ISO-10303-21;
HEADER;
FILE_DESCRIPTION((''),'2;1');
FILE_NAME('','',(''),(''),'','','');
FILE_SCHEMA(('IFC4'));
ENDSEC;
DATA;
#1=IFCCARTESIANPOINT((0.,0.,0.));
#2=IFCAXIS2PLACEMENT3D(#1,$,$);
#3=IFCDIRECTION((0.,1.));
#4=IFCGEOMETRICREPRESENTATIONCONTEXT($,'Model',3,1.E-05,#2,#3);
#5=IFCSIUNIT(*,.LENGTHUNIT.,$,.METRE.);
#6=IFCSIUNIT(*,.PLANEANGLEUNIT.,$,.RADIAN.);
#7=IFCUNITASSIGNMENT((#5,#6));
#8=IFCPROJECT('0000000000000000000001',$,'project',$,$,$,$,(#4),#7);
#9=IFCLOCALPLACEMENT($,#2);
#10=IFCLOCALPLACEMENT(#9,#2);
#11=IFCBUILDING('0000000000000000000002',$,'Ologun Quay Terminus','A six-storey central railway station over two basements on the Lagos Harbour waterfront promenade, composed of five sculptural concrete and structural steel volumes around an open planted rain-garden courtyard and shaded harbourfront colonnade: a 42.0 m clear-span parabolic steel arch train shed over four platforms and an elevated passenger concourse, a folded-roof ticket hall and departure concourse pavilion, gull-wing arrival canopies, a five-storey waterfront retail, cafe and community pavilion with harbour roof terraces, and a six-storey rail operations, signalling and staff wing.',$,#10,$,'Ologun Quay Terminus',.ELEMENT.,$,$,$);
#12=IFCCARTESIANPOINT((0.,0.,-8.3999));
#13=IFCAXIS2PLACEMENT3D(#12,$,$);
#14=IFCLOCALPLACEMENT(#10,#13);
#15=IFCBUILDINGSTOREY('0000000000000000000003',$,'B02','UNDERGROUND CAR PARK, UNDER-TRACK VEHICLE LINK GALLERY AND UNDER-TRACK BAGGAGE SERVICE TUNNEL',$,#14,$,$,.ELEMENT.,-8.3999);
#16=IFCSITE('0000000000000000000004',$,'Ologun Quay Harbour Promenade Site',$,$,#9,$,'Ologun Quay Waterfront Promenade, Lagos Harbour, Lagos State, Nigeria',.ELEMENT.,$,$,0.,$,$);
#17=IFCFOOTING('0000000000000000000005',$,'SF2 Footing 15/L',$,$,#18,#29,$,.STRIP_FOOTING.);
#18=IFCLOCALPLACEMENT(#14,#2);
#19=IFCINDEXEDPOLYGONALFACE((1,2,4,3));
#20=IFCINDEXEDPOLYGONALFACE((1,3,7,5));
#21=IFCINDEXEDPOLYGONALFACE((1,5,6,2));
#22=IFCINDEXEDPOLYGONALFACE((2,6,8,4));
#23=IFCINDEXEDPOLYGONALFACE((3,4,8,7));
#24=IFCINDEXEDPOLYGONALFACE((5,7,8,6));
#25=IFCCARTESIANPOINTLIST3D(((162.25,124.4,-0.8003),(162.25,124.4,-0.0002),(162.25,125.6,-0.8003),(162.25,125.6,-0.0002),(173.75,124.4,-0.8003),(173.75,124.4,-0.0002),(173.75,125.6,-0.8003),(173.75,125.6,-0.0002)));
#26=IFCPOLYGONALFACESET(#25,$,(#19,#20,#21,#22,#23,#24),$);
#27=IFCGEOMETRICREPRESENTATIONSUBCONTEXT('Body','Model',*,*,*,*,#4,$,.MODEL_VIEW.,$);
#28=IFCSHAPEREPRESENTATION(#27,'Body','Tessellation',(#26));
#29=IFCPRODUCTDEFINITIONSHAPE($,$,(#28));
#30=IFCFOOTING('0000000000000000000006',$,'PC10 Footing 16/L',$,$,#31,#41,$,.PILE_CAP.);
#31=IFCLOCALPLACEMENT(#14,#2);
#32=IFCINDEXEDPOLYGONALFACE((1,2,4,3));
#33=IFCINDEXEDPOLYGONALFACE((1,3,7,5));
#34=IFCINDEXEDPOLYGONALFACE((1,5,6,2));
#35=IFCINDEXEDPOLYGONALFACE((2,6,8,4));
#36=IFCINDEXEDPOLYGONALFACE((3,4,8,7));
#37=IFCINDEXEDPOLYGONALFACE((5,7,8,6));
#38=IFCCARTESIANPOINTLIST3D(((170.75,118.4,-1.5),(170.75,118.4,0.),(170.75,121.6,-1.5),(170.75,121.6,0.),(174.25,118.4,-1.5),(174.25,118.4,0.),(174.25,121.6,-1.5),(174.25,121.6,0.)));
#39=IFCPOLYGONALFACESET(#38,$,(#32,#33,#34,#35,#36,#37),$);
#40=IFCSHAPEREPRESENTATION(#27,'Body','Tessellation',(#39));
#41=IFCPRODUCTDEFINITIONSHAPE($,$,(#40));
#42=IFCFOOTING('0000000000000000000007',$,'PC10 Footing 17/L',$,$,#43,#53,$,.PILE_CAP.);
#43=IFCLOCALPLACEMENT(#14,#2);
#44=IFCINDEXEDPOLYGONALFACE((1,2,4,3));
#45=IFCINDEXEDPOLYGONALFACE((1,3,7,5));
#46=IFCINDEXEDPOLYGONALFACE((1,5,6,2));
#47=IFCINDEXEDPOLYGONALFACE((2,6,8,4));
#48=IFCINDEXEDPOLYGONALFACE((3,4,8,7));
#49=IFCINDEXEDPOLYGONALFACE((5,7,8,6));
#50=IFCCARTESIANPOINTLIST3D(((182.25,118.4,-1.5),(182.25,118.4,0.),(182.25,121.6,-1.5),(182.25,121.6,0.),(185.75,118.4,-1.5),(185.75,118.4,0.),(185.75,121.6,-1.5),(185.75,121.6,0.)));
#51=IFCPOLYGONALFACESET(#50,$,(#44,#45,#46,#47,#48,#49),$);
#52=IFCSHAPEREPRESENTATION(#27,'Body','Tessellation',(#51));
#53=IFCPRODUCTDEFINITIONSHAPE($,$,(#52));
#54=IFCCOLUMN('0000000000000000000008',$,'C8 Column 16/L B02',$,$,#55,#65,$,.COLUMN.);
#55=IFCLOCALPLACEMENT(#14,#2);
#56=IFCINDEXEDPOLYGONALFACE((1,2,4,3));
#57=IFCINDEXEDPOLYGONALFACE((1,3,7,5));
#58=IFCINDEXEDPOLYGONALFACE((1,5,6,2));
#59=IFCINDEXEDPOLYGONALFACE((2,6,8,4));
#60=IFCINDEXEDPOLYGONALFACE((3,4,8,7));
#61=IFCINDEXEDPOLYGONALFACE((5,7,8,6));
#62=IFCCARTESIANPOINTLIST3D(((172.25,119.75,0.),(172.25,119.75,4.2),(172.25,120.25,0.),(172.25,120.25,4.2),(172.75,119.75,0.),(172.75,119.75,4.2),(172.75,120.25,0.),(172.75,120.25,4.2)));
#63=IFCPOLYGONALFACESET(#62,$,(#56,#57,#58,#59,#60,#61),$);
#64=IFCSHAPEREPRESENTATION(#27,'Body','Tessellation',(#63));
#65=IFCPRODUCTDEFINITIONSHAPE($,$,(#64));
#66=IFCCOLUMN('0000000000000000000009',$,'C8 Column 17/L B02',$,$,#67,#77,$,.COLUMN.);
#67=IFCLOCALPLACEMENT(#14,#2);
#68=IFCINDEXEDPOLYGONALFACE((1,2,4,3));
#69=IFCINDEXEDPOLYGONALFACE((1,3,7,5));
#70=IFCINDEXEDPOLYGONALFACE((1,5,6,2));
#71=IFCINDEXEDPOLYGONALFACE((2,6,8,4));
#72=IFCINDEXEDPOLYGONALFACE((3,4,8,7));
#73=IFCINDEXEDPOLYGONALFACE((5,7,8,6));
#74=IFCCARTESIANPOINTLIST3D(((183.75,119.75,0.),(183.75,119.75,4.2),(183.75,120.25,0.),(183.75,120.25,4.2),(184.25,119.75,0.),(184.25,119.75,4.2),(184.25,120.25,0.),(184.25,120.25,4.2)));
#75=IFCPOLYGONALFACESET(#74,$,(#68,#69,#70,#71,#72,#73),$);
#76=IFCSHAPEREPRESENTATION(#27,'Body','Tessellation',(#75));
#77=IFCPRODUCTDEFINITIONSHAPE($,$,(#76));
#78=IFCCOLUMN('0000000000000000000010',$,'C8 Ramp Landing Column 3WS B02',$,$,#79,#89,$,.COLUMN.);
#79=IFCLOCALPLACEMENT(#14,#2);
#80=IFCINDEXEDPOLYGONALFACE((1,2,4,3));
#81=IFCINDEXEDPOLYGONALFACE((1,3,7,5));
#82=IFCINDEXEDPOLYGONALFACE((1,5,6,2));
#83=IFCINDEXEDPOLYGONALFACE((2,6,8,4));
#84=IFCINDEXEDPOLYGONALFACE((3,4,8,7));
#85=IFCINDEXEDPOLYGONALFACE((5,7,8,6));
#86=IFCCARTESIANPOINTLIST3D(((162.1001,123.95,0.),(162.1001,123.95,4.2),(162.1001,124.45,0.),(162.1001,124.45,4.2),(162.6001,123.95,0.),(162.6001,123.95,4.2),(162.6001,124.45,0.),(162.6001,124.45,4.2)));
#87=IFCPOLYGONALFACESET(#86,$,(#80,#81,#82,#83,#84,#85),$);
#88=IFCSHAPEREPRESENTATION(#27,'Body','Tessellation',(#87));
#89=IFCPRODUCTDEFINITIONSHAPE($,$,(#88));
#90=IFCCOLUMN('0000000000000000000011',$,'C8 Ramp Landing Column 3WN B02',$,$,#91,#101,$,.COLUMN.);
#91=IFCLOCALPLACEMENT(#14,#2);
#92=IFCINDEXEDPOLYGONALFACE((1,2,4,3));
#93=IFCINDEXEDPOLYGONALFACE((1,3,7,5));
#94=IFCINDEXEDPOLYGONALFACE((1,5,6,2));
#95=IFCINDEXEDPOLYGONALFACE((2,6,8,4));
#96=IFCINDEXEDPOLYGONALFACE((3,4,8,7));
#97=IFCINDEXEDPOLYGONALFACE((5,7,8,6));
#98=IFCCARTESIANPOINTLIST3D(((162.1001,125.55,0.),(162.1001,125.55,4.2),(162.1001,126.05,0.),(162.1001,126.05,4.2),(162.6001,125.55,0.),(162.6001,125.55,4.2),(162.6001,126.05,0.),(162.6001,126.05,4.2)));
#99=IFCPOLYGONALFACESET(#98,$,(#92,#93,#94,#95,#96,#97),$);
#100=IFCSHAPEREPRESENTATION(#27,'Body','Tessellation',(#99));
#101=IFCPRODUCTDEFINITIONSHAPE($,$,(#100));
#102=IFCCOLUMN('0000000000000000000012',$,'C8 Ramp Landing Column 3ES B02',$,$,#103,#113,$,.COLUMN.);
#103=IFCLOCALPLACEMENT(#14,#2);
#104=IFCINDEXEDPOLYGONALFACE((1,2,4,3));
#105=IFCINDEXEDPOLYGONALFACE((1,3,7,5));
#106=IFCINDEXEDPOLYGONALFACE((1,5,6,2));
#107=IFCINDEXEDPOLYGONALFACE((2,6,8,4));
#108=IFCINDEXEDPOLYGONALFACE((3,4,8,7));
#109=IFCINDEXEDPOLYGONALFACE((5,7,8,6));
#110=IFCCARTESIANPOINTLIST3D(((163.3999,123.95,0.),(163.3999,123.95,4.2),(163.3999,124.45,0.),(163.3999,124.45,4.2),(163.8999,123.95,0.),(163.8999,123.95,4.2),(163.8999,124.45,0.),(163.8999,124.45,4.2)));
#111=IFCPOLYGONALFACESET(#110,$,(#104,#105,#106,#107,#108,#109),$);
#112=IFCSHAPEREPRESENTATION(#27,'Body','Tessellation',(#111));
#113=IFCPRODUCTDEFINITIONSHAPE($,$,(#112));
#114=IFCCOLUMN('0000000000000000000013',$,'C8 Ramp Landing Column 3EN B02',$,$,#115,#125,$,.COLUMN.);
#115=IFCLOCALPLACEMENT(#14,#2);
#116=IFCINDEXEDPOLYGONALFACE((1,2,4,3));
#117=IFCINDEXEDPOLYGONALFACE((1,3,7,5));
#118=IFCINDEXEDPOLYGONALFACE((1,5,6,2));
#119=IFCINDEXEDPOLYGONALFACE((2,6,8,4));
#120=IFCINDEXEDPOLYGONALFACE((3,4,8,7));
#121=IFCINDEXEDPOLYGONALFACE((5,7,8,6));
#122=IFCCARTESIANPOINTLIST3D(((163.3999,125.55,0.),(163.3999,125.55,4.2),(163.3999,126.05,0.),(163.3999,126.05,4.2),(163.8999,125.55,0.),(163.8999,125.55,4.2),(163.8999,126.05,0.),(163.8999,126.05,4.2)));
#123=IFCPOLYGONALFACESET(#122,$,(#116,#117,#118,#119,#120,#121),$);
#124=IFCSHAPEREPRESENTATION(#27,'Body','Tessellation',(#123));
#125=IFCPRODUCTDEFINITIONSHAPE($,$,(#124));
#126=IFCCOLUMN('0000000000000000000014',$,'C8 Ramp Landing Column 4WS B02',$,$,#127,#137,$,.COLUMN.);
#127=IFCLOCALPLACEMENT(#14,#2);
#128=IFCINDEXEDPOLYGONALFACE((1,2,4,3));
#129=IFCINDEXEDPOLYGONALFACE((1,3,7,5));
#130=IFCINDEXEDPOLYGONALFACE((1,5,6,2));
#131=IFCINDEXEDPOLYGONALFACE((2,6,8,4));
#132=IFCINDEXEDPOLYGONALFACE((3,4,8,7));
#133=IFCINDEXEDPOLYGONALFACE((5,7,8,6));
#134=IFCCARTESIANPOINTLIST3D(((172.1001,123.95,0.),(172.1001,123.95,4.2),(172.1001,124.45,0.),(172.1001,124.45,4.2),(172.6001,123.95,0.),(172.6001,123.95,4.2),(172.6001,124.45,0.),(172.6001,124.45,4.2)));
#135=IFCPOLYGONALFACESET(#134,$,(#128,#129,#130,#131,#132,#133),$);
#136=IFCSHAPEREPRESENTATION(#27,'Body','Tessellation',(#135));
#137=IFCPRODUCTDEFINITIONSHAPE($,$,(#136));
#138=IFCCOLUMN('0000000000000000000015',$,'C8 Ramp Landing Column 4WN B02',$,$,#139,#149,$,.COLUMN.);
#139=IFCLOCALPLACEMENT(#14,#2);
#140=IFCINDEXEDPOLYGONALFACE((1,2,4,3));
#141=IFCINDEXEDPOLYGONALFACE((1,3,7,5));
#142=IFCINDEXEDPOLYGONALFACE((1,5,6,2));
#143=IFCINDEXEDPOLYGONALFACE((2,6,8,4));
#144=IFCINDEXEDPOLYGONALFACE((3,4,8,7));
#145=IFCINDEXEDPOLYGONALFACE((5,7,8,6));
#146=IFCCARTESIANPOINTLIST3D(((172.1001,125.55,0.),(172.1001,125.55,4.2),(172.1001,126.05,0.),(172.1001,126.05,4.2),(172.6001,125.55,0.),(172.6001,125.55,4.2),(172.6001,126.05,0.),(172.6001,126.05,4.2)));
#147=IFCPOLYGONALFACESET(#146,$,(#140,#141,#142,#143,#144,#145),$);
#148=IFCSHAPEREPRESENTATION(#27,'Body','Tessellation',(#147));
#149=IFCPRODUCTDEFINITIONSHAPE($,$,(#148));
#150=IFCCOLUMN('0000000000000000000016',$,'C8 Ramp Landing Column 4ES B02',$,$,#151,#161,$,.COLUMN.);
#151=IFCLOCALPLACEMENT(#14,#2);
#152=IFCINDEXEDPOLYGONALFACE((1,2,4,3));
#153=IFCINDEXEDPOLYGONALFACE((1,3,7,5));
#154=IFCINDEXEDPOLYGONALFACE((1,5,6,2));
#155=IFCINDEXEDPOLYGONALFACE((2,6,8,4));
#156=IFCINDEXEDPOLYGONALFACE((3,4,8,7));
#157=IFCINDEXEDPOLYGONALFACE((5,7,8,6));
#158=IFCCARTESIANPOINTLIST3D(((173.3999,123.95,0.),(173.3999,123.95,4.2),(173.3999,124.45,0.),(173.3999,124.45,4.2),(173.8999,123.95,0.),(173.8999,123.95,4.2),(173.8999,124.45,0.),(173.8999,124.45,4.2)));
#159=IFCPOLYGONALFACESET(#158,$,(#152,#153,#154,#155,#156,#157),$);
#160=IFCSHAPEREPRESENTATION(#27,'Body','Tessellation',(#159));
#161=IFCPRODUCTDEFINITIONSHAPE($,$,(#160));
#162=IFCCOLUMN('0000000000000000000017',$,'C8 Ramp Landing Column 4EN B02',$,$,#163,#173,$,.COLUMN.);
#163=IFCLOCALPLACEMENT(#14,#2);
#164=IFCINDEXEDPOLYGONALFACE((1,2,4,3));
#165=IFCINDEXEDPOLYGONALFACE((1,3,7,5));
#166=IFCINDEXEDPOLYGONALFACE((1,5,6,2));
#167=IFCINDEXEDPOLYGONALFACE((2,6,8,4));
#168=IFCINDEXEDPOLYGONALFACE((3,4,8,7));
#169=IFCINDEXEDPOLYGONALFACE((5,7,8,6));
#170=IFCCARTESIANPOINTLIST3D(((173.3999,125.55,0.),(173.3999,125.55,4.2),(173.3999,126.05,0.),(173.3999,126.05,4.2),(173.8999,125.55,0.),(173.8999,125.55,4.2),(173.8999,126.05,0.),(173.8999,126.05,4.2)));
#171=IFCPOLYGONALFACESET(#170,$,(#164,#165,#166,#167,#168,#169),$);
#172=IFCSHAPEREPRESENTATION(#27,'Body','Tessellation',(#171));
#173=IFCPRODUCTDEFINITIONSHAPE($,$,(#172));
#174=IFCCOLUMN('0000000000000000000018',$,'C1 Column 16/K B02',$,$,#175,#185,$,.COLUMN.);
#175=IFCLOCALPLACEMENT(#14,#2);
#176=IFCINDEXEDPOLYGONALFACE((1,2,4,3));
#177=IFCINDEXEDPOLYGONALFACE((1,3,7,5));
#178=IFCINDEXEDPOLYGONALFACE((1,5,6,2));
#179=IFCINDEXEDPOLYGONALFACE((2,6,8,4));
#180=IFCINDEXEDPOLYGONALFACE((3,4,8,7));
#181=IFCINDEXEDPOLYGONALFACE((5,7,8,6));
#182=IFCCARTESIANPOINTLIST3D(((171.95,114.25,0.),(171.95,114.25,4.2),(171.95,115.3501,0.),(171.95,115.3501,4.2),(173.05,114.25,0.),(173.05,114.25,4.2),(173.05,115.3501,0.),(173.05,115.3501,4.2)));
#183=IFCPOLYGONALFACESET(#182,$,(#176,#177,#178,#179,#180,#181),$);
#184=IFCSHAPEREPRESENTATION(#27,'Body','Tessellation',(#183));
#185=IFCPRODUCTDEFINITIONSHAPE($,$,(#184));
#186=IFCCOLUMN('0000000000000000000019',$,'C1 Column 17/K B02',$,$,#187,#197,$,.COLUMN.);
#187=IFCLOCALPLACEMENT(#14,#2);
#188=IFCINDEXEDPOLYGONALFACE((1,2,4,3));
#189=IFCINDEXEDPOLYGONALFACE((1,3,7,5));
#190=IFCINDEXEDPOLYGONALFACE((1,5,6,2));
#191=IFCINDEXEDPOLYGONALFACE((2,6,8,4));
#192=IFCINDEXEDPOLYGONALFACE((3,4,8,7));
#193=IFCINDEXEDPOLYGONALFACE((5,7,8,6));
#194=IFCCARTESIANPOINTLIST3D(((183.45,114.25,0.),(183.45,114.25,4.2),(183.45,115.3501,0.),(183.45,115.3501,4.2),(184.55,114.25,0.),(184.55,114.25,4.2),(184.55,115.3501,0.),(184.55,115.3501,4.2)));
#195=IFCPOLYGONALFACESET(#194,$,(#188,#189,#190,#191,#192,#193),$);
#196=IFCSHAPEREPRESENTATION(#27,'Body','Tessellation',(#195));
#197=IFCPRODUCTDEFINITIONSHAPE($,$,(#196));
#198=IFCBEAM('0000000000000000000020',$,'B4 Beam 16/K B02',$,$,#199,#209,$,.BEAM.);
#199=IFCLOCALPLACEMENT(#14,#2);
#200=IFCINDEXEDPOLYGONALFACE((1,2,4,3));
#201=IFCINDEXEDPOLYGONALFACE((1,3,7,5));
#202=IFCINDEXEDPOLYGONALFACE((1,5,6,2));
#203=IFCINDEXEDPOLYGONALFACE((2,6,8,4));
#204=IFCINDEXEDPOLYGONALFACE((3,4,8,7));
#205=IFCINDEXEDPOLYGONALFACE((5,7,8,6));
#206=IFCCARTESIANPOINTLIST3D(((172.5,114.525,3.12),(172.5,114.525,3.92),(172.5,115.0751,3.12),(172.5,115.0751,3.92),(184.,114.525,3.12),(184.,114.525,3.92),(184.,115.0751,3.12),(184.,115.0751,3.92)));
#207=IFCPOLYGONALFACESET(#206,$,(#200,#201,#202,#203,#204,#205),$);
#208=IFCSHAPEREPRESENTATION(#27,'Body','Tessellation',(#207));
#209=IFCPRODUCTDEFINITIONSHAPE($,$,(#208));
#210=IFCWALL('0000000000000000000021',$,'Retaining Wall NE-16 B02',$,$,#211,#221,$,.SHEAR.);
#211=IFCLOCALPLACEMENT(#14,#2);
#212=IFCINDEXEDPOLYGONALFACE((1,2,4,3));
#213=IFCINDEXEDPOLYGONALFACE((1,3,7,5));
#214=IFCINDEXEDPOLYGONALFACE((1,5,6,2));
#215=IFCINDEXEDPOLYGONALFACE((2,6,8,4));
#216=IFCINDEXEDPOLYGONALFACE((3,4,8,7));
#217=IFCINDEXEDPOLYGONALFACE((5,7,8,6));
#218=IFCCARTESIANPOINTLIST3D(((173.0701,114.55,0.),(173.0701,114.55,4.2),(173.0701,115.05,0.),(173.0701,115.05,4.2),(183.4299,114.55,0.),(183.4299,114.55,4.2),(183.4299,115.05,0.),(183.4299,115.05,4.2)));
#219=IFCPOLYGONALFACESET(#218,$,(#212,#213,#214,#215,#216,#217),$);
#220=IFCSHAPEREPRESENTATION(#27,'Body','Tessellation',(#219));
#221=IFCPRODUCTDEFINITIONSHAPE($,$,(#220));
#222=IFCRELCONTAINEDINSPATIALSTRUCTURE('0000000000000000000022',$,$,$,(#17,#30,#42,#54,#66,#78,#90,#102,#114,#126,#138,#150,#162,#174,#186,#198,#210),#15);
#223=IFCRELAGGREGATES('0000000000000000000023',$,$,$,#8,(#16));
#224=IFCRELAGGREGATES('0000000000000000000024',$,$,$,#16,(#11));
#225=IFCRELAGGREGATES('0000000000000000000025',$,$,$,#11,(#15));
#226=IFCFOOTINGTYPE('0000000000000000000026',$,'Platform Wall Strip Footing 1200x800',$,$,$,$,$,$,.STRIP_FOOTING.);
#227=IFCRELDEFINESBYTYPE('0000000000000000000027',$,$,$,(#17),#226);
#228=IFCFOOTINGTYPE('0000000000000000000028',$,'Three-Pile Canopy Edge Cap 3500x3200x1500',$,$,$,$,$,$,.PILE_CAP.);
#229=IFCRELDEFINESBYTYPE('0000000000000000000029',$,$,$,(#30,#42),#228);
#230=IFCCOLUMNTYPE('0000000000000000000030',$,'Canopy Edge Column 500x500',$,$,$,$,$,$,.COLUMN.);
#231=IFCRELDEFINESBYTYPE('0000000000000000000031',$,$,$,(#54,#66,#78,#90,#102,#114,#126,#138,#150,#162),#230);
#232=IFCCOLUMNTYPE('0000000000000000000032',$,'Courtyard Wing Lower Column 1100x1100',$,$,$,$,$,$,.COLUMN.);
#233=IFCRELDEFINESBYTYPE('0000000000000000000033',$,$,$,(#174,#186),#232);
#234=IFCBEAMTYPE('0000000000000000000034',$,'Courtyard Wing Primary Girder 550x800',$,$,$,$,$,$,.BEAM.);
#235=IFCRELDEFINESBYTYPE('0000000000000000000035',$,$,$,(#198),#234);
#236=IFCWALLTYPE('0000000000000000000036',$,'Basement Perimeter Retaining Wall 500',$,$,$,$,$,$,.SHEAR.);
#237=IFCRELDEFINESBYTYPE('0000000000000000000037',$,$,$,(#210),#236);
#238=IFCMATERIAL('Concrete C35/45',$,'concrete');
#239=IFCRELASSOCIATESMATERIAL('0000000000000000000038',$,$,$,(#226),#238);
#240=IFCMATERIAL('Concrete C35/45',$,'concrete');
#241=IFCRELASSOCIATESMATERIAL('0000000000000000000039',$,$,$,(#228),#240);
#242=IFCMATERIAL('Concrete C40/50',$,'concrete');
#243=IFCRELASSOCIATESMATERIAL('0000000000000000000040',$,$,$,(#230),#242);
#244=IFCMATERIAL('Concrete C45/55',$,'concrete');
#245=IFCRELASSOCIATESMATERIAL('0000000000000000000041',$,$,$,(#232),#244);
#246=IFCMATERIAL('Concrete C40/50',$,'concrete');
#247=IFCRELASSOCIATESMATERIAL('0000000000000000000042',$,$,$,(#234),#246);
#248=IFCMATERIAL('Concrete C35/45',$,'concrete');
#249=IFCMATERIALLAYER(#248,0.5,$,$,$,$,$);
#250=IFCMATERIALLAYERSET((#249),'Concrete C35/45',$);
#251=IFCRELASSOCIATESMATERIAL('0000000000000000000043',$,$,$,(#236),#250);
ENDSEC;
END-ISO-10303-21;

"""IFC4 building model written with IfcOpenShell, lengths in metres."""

from ifc_helpers import new_model, si_unit, direction, frame, frame_2d, origin, origin_2d, place, context, subcontext, project, spatial, rectangle, extrude, material, layer, layer_set, material_profile, profile_set, type_object, element, save


model = new_model("IFC4")

# Units and contexts
model_context = context("Model", 3, precision=1e-05, world=origin(), true_north=direction((0.0, 1.0)))
body_context = subcontext(model_context, "Body", "Model", "MODEL_VIEW")
ifc_project = project(units=[si_unit("LENGTHUNIT", "METRE"), si_unit("PLANEANGLEUNIT", "RADIAN")], contexts=[model_context])

# Site, building, storey
site_placement = place(None, origin())
site = spatial("IfcSite", under=ifc_project, at=site_placement, Name="Ologun Quay Harbour Promenade Site", LongName="Ologun Quay Waterfront Promenade, Lagos Harbour, Lagos State, Nigeria", CompositionType="ELEMENT", RefElevation=0.0)
building_placement = place(site_placement, origin())
building = spatial("IfcBuilding", under=site, at=building_placement, Name="Ologun Quay Terminus", Description="A six-storey central railway station over two basements on the Lagos Harbour waterfront promenade, composed of five sculptural concrete and structural steel volumes around an open planted rain-garden courtyard and shaded harbourfront colonnade: a 42.0 m clear-span parabolic steel arch train shed over four platforms and an elevated passenger concourse, a folded-roof ticket hall and departure concourse pavilion, gull-wing arrival canopies, a five-storey waterfront retail, cafe and community pavilion with harbour roof terraces, and a six-storey rail operations, signalling and staff wing.", LongName="Ologun Quay Terminus", CompositionType="ELEMENT")
storey_placement = place(building_placement, frame((0.0, 0.0, -8.3999)))
storey = spatial("IfcBuildingStorey", under=building, at=storey_placement, Name="B02", Description="UNDERGROUND CAR PARK, UNDER-TRACK VEHICLE LINK GALLERY AND UNDER-TRACK BAGGAGE SERVICE TUNNEL", CompositionType="ELEMENT", Elevation=-8.3999)

# Footings
ifc_material_1 = material(Name="Concrete C35/45", Category="concrete")
footing_type_1 = type_object("IfcFootingType", Name="Platform Wall Strip Footing 1200x800", PredefinedType="STRIP_FOOTING", material=ifc_material_1)
footing_1_placement = place(storey_placement, frame((168.0, 125.0, -0.8003), z_axis=(0.0, 0.0, 1.0), x_axis=(1.0, 0.0, 0.0)))
element("IfcFooting", 1, at=footing_1_placement, inside=storey, type_object=footing_type_1, Name="SF2 Footing 15/L", PredefinedType="STRIP_FOOTING", context=body_context, shape_type="SweptSolid", body=[
    extrude(rectangle(XDim=11.5, YDim=1.2, at=origin_2d()), origin(), (0.0, 0.0, 1.0), 0.8),
])
ifc_material_2 = material(Name="Concrete C35/45", Category="concrete")
footing_type_2 = type_object("IfcFootingType", Name="Three-Pile Canopy Edge Cap 3500x3200x1500", PredefinedType="PILE_CAP", material=ifc_material_2)
for number, where, z_axis, x_axis, name in (
    (2, (172.5, 120.0, -1.5), (0.0, 0.0, 1.0), (1.0, 0.0, 0.0), "PC10 Footing 16/L"),
    (3, (184.0, 120.0, -1.5), (0.0, 0.0, 1.0), (1.0, 0.0, 0.0), "PC10 Footing 17/L"),
):
    element("IfcFooting", number, at=place(storey_placement, frame(where, z_axis=z_axis, x_axis=x_axis)), inside=storey, type_object=footing_type_2, Name=name, PredefinedType="PILE_CAP", context=body_context, shape_type="SweptSolid", body=[
        extrude(rectangle(XDim=3.5, YDim=3.2, at=origin_2d()), origin(), (0.0, 0.0, 1.0), 1.5),
    ])

# Columns
ifc_material_3 = material(Name="Concrete C40/50", Category="concrete")
ifc_material_profile_1 = material_profile(ifc_material_3, rectangle(XDim=0.5, YDim=0.5, at=origin_2d()), Name="RC 500x500")
ifc_profile_set_1 = profile_set([ifc_material_profile_1], Name="Concrete C40/50")
column_type_1 = type_object("IfcColumnType", Name="Canopy Edge Column 500x500", PredefinedType="COLUMN", material=ifc_profile_set_1)
for number, where, z_axis, x_axis, name in (
    (4, (172.5, 120.0, 0.0), (0.0, 0.0, 1.0), (1.0, 0.0, 0.0), "C8 Column 16/L B02"),
    (5, (184.0, 120.0, 0.0), (0.0, 0.0, 1.0), (1.0, 0.0, 0.0), "C8 Column 17/L B02"),
    (6, (162.3501, 124.2, 0.0), (0.0, 0.0, 1.0), (1.0, 0.0, 0.0), "C8 Ramp Landing Column 3WS B02"),
    (7, (162.3501, 125.8, 0.0), (0.0, 0.0, 1.0), (1.0, 0.0, 0.0), "C8 Ramp Landing Column 3WN B02"),
    (8, (163.6499, 124.2, 0.0), (0.0, 0.0, 1.0), (1.0, 0.0, 0.0), "C8 Ramp Landing Column 3ES B02"),
    (9, (163.6499, 125.8, 0.0), (0.0, 0.0, 1.0), (1.0, 0.0, 0.0), "C8 Ramp Landing Column 3EN B02"),
    (10, (172.3501, 124.2, 0.0), (0.0, 0.0, 1.0), (1.0, 0.0, 0.0), "C8 Ramp Landing Column 4WS B02"),
    (11, (172.3501, 125.8, 0.0), (0.0, 0.0, 1.0), (1.0, 0.0, 0.0), "C8 Ramp Landing Column 4WN B02"),
    (12, (173.6499, 124.2, 0.0), (0.0, 0.0, 1.0), (1.0, 0.0, 0.0), "C8 Ramp Landing Column 4ES B02"),
    (13, (173.6499, 125.8, 0.0), (0.0, 0.0, 1.0), (1.0, 0.0, 0.0), "C8 Ramp Landing Column 4EN B02"),
):
    element("IfcColumn", number, at=place(storey_placement, frame(where, z_axis=z_axis, x_axis=x_axis)), inside=storey, type_object=column_type_1, Name=name, PredefinedType="COLUMN", context=body_context, shape_type="SweptSolid", body=[
        extrude(rectangle(XDim=0.5, YDim=0.5, at=origin_2d()), origin(), (0.0, 0.0, 1.0), 4.2),
    ])
ifc_material_4 = material(Name="Concrete C45/55", Category="concrete")
ifc_material_profile_2 = material_profile(ifc_material_4, rectangle(XDim=1.1001, YDim=1.1001, at=origin_2d()), Name="RC 1100x1100")
ifc_profile_set_2 = profile_set([ifc_material_profile_2], Name="Concrete C45/55")
column_type_2 = type_object("IfcColumnType", Name="Courtyard Wing Lower Column 1100x1100", PredefinedType="COLUMN", material=ifc_profile_set_2)
for number, where, z_axis, x_axis, name in (
    (14, (172.5, 114.8, 0.0), (0.0, 0.0, 1.0), (1.0, 0.0, 0.0), "C1 Column 16/K B02"),
    (15, (184.0, 114.8, 0.0), (0.0, 0.0, 1.0), (1.0, 0.0, 0.0), "C1 Column 17/K B02"),
):
    element("IfcColumn", number, at=place(storey_placement, frame(where, z_axis=z_axis, x_axis=x_axis)), inside=storey, type_object=column_type_2, Name=name, PredefinedType="COLUMN", context=body_context, shape_type="SweptSolid", body=[
        extrude(rectangle(XDim=1.1001, YDim=1.1001, at=origin_2d()), origin(), (0.0, 0.0, 1.0), 4.2),
    ])

# Beam
ifc_material_5 = material(Name="Concrete C40/50", Category="concrete")
ifc_material_profile_3 = material_profile(ifc_material_5, rectangle(XDim=0.55, YDim=0.8, at=origin_2d()), Name="RC 550x800")
ifc_profile_set_3 = profile_set([ifc_material_profile_3], Name="Concrete C40/50")
beam_type = type_object("IfcBeamType", Name="Courtyard Wing Primary Girder 550x800", PredefinedType="BEAM", material=ifc_profile_set_3)
beam_placement = place(storey_placement, frame((172.5, 114.8, 3.52), z_axis=(1.0, 0.0, 0.0), x_axis=(0.0, 1.0, 0.0)))
element("IfcBeam", 16, at=beam_placement, inside=storey, type_object=beam_type, Name="B4 Beam 16/K B02", PredefinedType="BEAM", context=body_context, shape_type="SweptSolid", body=[
    extrude(rectangle(XDim=0.55, YDim=0.8, at=origin_2d()), origin(), (0.0, 0.0, 1.0), 11.5),
])

# Wall
ifc_material_6 = material(Name="Concrete C35/45", Category="concrete")
ifc_layer = layer(ifc_material_6, 0.5)
ifc_layer_set = layer_set([ifc_layer], Name="Concrete C35/45")
wall_type = type_object("IfcWallType", Name="Basement Perimeter Retaining Wall 500", PredefinedType="SHEAR", material=ifc_layer_set)
wall_placement = place(storey_placement, frame((173.0701, 114.8, 0.0), z_axis=(0.0, 0.0, 1.0), x_axis=(1.0, 0.0, 0.0)))
element("IfcWall", 17, at=wall_placement, inside=storey, type_object=wall_type, Name="Retaining Wall NE-16 B02", PredefinedType="SHEAR", context=body_context, shape_type="SweptSolid", body=[
    extrude(rectangle(XDim=10.3599, YDim=0.5, at=frame_2d((5.1799, 0.0))), origin(), (0.0, 0.0, 1.0), 4.2),
])

save(model, "model.ifc")
